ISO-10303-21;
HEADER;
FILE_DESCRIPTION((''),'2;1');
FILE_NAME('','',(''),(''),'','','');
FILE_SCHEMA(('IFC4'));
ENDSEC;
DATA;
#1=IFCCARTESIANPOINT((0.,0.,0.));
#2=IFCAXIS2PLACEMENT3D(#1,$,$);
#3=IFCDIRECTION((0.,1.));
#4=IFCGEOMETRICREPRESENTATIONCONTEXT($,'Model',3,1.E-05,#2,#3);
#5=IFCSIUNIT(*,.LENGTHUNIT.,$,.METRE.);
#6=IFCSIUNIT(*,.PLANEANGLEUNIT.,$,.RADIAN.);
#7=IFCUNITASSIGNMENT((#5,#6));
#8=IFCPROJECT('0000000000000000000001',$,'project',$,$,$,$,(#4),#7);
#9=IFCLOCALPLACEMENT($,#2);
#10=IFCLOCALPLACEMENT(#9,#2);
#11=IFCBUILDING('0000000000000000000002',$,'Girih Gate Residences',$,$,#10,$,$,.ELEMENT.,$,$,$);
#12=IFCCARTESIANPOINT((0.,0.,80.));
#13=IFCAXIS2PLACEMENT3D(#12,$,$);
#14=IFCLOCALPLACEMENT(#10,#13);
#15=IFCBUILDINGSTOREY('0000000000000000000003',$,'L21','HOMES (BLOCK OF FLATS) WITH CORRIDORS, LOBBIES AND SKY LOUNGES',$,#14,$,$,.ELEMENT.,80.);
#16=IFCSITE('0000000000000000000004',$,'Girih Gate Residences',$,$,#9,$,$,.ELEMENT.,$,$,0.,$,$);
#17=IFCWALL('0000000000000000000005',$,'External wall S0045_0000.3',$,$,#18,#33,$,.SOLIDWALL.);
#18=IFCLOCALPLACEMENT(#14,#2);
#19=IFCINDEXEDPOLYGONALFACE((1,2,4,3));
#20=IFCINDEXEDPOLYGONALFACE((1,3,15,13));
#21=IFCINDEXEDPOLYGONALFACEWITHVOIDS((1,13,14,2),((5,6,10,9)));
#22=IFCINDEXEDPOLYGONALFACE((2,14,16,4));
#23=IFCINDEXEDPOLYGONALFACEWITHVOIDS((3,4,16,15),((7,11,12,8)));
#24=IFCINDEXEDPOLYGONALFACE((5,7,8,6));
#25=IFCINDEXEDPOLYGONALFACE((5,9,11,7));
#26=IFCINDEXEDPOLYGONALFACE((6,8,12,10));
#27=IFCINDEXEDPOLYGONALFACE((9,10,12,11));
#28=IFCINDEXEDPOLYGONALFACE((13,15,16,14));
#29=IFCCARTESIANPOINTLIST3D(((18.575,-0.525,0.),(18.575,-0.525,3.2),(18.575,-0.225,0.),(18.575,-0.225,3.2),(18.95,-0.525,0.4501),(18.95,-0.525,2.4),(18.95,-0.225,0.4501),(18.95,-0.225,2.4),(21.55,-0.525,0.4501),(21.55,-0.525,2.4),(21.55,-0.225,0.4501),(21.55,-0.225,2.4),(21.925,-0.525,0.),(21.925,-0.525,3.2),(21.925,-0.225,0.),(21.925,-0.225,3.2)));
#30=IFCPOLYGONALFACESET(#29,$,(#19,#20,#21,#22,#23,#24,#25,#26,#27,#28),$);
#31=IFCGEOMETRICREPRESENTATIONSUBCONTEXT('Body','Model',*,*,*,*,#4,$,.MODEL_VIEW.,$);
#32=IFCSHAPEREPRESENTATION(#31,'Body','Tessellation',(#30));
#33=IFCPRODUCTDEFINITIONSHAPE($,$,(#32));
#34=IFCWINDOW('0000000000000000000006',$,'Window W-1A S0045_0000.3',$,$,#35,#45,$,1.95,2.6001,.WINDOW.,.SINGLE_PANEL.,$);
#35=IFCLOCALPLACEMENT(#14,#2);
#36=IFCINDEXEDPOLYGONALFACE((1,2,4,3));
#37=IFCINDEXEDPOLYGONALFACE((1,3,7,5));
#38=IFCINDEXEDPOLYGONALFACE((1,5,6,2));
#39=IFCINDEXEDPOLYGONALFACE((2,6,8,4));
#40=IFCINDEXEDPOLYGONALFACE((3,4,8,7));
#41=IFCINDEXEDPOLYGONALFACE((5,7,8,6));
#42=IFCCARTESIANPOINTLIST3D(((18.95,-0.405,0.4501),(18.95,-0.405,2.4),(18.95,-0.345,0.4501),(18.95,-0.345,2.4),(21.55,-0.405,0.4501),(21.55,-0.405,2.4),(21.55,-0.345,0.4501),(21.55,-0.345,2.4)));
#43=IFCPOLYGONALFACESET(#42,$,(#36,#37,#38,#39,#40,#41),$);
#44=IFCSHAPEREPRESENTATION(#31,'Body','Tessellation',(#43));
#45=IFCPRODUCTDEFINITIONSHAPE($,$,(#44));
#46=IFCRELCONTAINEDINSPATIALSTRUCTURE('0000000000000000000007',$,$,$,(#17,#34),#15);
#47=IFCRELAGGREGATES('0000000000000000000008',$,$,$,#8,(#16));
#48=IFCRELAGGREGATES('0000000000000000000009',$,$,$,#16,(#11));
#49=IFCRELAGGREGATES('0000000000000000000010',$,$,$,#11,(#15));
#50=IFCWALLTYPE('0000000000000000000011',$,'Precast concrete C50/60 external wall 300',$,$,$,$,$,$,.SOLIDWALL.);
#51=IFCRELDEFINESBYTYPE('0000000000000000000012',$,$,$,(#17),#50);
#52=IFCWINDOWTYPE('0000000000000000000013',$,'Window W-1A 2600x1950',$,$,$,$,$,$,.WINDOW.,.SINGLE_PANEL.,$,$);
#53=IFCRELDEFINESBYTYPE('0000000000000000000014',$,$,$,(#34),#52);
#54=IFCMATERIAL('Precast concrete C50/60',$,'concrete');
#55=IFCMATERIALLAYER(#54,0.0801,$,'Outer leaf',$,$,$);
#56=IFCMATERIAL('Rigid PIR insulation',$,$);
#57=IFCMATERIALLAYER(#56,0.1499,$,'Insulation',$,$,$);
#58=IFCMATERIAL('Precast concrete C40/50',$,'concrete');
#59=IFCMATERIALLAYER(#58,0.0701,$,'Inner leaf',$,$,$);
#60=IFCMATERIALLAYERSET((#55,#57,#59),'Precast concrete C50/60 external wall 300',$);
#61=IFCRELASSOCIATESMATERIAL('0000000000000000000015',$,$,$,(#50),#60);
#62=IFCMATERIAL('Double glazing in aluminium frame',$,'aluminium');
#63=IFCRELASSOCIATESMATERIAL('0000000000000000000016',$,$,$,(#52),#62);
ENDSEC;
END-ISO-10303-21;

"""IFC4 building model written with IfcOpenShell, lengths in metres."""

from ifc_helpers import new_model, si_unit, direction, frame, frame_2d, origin, place, context, subcontext, project, spatial, rectangle, extrude, material, layer, layer_set, type_object, element, fill, save


model = new_model("IFC4")

# Units and contexts
model_context = context("Model", 3, precision=1e-05, world=origin(), true_north=direction((0.0, 1.0)))
body_context = subcontext(model_context, "Body", "Model", "MODEL_VIEW")
ifc_project = project(units=[si_unit("LENGTHUNIT", "METRE"), si_unit("PLANEANGLEUNIT", "RADIAN")], contexts=[model_context])

# Site, building, storey
site_placement = place(None, origin())
site = spatial("IfcSite", under=ifc_project, at=site_placement, Name="Girih Gate Residences", CompositionType="ELEMENT", RefElevation=0.0)
building_placement = place(site_placement, origin())
building = spatial("IfcBuilding", under=site, at=building_placement, Name="Girih Gate Residences", CompositionType="ELEMENT")
storey_placement = place(building_placement, frame((0.0, 0.0, 80.0)))
storey = spatial("IfcBuildingStorey", under=building, at=storey_placement, Name="L21", Description="HOMES (BLOCK OF FLATS) WITH CORRIDORS, LOBBIES AND SKY LOUNGES", CompositionType="ELEMENT", Elevation=80.0)

# Wall, opening, window
ifc_material_1 = material(Name="Precast concrete C50/60", Category="concrete")
ifc_layer_1 = layer(ifc_material_1, 0.0801, Name="Outer leaf")
ifc_material_2 = material(Name="Rigid PIR insulation")
ifc_layer_2 = layer(ifc_material_2, 0.1499, Name="Insulation")
ifc_material_3 = material(Name="Precast concrete C40/50", Category="concrete")
ifc_layer_3 = layer(ifc_material_3, 0.0701, Name="Inner leaf")
ifc_layer_set_1 = layer_set([ifc_layer_1, ifc_layer_2, ifc_layer_3], Name="Precast concrete C50/60 external wall 300")
wall_type_1 = type_object("IfcWallType", Name="Precast concrete C50/60 external wall 300", PredefinedType="SOLIDWALL", material=ifc_layer_set_1)
ifc_material_4 = material(Name="Double glazing in aluminium frame", Category="aluminium")
window_type = type_object("IfcWindowType", Name="Window W-1A 2600x1950", PartitioningType="SINGLE_PANEL", PredefinedType="WINDOW", material=ifc_material_4)
wall_1_placement = place(storey_placement, frame((21.925, -0.375, 0.0), z_axis=(0.0, 0.0, 1.0), x_axis=(-1.0, 0.0, 0.0)))
wall_1 = element("IfcWall", 1, at=wall_1_placement, inside=storey, type_object=wall_type_1, Name="External wall S0045_0000.3", PredefinedType="SOLIDWALL", context=body_context, shape_type="SweptSolid", body=[
    extrude(rectangle(XDim=3.3501, YDim=0.3, at=frame_2d((1.675, 0.0))), origin(), (0.0, 0.0, 1.0), 3.2),
])
opening_1_placement = place(wall_1_placement, frame((0.375, 0.0, 0.45)))
opening_1 = element("IfcOpeningElement", 2, at=opening_1_placement, cuts=wall_1, PredefinedType="OPENING", context=body_context, shape_type="SweptSolid", body=[
    extrude(rectangle(XDim=2.6001, YDim=1.95, at=frame_2d((1.3, 0.9751))), frame((0.0, 0.1599, 0.0), z_axis=(0.0, -1.0, 0.0), x_axis=(1.0, 0.0, 0.0)), (0.0, 0.0, 1.0), 0.3201),
])
window_1_placement = place(opening_1_placement, origin())
window_1 = element("IfcWindow", 3, at=window_1_placement, inside=storey, type_object=window_type, Name="Window W-1A S0045_0000.3", OverallHeight=1.95, OverallWidth=2.6001, PartitioningType="SINGLE_PANEL", PredefinedType="WINDOW", context=body_context, shape_type="SweptSolid", body=[
    extrude(rectangle(XDim=2.6001, YDim=1.95, at=frame_2d((1.3, 0.9751))), frame((0.0, 0.03, 0.0), z_axis=(0.0, -1.0, 0.0), x_axis=(1.0, 0.0, 0.0)), (0.0, 0.0, 1.0), 0.0601),
])
fill(opening_1, window_1)

save(model, "model.ifc")
